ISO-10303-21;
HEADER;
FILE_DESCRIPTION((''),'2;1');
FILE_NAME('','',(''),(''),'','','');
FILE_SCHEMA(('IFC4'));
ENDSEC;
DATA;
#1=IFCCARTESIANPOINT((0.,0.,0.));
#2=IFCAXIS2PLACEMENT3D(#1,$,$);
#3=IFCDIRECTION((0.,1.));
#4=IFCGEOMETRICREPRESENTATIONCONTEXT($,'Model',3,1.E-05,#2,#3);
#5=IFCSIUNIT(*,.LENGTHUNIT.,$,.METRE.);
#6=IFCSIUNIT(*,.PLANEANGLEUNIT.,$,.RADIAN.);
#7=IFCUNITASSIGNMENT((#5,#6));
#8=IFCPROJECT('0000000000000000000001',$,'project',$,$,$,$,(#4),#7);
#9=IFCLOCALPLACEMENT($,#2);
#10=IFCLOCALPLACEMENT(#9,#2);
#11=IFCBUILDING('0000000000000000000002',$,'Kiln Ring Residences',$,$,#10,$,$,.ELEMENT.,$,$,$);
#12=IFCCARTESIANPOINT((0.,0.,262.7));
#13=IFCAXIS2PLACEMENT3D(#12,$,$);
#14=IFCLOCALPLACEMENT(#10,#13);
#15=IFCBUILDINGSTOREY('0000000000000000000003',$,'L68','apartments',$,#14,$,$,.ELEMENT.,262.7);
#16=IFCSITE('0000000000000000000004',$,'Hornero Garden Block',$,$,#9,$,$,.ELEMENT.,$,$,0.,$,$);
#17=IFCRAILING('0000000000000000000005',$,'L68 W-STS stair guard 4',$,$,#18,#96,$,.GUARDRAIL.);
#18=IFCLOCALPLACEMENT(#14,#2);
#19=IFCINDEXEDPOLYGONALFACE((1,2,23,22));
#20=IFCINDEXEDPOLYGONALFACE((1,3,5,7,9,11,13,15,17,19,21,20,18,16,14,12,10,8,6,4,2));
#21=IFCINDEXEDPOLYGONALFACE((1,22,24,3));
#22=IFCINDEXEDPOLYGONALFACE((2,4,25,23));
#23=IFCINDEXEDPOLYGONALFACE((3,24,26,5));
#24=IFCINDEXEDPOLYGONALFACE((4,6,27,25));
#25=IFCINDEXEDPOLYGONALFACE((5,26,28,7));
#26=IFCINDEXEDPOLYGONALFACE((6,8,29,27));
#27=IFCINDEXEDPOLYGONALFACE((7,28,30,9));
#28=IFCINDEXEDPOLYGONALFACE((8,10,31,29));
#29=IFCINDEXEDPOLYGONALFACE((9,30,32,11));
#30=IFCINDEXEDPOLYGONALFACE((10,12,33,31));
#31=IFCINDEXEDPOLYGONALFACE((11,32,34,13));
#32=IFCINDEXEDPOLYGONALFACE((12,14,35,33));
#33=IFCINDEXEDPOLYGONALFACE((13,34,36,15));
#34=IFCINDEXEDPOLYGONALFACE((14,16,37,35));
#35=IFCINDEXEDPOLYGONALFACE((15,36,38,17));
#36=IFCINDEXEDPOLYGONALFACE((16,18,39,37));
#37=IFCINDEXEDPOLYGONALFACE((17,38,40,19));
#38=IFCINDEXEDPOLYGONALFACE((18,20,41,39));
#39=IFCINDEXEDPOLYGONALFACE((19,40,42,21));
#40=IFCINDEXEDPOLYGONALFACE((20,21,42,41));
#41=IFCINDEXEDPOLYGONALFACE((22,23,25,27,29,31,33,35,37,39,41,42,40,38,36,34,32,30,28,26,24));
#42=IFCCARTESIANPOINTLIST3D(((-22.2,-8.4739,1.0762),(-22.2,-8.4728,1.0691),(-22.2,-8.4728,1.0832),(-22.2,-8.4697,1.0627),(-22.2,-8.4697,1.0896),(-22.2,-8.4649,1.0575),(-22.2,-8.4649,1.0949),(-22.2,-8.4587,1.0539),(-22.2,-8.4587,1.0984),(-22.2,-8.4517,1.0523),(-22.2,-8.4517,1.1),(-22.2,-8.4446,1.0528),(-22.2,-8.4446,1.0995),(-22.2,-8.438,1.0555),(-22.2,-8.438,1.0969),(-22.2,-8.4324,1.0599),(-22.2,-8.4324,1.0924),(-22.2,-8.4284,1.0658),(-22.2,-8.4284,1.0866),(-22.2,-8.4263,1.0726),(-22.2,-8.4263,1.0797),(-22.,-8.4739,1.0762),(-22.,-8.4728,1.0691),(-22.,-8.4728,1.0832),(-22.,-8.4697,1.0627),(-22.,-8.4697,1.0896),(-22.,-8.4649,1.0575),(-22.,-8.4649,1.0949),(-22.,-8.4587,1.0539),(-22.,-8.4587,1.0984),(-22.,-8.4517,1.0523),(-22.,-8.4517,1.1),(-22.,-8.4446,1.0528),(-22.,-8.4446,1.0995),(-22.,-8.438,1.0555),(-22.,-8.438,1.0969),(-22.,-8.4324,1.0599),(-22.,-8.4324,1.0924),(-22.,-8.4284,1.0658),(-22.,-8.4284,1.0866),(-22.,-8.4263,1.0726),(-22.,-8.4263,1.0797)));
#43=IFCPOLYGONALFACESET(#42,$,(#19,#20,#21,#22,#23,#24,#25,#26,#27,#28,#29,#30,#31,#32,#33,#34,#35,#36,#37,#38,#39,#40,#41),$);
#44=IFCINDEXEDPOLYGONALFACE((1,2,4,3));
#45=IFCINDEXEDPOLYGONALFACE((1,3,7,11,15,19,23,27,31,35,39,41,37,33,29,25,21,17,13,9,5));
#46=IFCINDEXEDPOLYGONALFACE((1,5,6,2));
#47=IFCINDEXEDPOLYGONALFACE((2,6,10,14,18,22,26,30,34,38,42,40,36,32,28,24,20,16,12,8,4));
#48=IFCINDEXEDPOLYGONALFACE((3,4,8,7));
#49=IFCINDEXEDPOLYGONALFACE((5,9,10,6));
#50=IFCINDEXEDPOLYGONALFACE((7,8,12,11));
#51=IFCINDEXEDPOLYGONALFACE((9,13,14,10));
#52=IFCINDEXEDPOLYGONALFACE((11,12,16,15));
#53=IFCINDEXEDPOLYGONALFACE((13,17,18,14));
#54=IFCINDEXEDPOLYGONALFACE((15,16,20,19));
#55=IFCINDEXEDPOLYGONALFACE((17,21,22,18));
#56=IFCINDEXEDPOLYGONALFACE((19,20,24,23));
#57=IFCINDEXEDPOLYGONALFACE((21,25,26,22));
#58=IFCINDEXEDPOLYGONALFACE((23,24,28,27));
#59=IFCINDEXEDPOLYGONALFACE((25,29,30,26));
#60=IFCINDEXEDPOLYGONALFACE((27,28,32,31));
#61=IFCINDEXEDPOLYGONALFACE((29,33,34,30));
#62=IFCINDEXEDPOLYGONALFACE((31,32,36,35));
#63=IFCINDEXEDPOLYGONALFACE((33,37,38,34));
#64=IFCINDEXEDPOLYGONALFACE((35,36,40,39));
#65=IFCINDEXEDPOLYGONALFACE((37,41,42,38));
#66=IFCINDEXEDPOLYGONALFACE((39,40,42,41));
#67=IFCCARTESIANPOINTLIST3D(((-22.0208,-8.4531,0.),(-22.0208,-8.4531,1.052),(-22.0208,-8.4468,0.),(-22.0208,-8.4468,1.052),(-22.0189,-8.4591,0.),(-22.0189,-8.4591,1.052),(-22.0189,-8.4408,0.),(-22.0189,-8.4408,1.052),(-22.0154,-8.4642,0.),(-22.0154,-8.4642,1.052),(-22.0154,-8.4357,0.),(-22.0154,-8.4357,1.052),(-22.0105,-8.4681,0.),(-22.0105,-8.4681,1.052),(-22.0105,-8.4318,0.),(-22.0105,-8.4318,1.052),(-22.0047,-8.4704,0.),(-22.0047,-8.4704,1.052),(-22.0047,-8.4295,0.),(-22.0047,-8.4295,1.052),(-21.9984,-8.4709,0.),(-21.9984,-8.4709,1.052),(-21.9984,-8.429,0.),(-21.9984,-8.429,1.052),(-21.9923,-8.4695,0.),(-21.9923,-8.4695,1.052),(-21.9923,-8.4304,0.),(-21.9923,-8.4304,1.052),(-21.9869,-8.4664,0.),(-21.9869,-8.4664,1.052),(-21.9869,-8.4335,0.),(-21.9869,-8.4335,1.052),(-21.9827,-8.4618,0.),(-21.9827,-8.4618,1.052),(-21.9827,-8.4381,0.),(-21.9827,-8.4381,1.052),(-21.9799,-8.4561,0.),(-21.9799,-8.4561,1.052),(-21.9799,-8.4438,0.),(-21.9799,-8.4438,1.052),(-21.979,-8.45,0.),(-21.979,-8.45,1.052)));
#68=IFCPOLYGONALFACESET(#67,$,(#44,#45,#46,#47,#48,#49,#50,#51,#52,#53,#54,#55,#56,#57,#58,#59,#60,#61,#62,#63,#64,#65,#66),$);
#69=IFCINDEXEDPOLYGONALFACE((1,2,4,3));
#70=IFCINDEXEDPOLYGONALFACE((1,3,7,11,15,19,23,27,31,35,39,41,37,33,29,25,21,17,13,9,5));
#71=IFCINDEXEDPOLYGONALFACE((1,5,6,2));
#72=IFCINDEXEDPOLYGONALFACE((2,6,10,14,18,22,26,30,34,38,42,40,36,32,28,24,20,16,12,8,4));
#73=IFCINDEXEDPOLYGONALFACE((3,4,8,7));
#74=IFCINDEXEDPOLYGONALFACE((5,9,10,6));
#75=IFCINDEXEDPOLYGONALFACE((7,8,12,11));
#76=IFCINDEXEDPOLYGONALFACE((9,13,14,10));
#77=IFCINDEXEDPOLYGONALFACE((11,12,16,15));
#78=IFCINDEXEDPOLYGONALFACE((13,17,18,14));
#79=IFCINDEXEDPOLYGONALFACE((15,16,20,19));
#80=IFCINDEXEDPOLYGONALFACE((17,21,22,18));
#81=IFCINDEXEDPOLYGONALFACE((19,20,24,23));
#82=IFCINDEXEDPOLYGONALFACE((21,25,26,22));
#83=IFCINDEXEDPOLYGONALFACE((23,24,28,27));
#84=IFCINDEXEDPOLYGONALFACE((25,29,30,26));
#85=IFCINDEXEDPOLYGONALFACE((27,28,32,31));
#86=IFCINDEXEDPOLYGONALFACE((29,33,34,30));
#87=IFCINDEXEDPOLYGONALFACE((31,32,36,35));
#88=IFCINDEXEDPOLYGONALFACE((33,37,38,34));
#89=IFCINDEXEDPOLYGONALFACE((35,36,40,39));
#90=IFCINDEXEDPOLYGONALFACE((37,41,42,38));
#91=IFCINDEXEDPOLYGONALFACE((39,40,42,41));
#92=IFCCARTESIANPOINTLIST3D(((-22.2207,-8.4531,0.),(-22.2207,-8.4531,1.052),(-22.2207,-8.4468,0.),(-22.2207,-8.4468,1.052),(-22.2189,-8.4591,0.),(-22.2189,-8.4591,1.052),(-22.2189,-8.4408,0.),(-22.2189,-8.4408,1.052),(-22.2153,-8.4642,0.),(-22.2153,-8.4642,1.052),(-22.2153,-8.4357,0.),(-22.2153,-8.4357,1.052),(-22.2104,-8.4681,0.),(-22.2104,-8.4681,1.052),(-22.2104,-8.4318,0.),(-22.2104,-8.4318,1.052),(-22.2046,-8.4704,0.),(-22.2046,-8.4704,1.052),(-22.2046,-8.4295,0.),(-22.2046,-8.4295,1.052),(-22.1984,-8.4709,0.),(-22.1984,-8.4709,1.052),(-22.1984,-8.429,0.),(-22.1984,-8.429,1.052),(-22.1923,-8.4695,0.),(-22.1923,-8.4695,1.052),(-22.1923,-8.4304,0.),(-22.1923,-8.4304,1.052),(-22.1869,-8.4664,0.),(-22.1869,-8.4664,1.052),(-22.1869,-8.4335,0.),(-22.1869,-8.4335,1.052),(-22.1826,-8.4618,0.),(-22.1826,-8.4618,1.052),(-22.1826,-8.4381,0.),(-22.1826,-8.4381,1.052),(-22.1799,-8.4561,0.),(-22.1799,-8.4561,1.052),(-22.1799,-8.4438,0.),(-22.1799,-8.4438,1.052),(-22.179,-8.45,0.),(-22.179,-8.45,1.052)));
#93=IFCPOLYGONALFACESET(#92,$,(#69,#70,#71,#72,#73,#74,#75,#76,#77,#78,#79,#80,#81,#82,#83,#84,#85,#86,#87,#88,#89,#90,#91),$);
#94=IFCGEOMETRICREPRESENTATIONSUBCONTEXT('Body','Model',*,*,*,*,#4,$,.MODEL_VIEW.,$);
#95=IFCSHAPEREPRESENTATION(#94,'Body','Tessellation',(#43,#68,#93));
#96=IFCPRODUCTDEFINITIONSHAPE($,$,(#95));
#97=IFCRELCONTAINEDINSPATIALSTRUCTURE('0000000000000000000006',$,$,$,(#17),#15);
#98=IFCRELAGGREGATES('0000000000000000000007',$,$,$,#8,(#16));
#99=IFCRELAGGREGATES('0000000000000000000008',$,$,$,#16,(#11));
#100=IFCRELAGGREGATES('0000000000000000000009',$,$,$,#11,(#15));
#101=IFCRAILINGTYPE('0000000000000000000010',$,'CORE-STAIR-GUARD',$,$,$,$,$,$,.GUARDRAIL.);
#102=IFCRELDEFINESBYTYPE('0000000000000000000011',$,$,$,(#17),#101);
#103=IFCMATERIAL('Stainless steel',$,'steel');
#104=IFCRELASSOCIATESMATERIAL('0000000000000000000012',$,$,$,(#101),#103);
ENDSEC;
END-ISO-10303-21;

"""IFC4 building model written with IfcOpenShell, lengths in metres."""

from ifc_helpers import new_model, si_unit, direction, frame, origin, origin_2d, place, context, subcontext, project, spatial, circle, extrude, material, type_object, element, save


model = new_model("IFC4")

# Units and contexts
model_context = context("Model", 3, precision=1e-05, world=origin(), true_north=direction((0.0, 1.0)))
body_context = subcontext(model_context, "Body", "Model", "MODEL_VIEW")
ifc_project = project(units=[si_unit("LENGTHUNIT", "METRE"), si_unit("PLANEANGLEUNIT", "RADIAN")], contexts=[model_context])

# Site, building, storey
site_placement = place(None, origin())
site = spatial("IfcSite", under=ifc_project, at=site_placement, Name="Hornero Garden Block", CompositionType="ELEMENT", RefElevation=0.0)
building_placement = place(site_placement, origin())
building = spatial("IfcBuilding", under=site, at=building_placement, Name="Kiln Ring Residences", CompositionType="ELEMENT")
storey_placement = place(building_placement, frame((0.0, 0.0, 262.7)))
storey = spatial("IfcBuildingStorey", under=building, at=storey_placement, Name="L68", Description="apartments", CompositionType="ELEMENT", Elevation=262.7)

# Railing
ifc_material_1 = material(Name="Stainless steel", Category="steel")
railing_type_1 = type_object("IfcRailingType", Name="CORE-STAIR-GUARD", PredefinedType="GUARDRAIL", material=ifc_material_1)
railing_1_placement = place(storey_placement, frame((-22.0, -8.45, 0.0)))
element("IfcRailing", 1, at=railing_1_placement, inside=storey, type_object=railing_type_1, Name="L68 W-STS stair guard 4", PredefinedType="GUARDRAIL", context=body_context, shape_type="SweptSolid", body=[
    extrude(circle(Radius=0.0239, at=origin_2d()), frame((0.0, 0.0, 1.0762), z_axis=(-1.0, 0.0, 0.0), x_axis=(0.0, -1.0, 0.0)), (0.0, 0.0, 1.0), 0.2),
    extrude(circle(Radius=0.021, at=origin_2d()), origin(), (0.0, 0.0, 1.0), 1.052),
    extrude(circle(Radius=0.021, at=origin_2d()), frame((-0.2, 0.0, 0.0)), (0.0, 0.0, 1.0), 1.052),
])

save(model, "model.ifc")
